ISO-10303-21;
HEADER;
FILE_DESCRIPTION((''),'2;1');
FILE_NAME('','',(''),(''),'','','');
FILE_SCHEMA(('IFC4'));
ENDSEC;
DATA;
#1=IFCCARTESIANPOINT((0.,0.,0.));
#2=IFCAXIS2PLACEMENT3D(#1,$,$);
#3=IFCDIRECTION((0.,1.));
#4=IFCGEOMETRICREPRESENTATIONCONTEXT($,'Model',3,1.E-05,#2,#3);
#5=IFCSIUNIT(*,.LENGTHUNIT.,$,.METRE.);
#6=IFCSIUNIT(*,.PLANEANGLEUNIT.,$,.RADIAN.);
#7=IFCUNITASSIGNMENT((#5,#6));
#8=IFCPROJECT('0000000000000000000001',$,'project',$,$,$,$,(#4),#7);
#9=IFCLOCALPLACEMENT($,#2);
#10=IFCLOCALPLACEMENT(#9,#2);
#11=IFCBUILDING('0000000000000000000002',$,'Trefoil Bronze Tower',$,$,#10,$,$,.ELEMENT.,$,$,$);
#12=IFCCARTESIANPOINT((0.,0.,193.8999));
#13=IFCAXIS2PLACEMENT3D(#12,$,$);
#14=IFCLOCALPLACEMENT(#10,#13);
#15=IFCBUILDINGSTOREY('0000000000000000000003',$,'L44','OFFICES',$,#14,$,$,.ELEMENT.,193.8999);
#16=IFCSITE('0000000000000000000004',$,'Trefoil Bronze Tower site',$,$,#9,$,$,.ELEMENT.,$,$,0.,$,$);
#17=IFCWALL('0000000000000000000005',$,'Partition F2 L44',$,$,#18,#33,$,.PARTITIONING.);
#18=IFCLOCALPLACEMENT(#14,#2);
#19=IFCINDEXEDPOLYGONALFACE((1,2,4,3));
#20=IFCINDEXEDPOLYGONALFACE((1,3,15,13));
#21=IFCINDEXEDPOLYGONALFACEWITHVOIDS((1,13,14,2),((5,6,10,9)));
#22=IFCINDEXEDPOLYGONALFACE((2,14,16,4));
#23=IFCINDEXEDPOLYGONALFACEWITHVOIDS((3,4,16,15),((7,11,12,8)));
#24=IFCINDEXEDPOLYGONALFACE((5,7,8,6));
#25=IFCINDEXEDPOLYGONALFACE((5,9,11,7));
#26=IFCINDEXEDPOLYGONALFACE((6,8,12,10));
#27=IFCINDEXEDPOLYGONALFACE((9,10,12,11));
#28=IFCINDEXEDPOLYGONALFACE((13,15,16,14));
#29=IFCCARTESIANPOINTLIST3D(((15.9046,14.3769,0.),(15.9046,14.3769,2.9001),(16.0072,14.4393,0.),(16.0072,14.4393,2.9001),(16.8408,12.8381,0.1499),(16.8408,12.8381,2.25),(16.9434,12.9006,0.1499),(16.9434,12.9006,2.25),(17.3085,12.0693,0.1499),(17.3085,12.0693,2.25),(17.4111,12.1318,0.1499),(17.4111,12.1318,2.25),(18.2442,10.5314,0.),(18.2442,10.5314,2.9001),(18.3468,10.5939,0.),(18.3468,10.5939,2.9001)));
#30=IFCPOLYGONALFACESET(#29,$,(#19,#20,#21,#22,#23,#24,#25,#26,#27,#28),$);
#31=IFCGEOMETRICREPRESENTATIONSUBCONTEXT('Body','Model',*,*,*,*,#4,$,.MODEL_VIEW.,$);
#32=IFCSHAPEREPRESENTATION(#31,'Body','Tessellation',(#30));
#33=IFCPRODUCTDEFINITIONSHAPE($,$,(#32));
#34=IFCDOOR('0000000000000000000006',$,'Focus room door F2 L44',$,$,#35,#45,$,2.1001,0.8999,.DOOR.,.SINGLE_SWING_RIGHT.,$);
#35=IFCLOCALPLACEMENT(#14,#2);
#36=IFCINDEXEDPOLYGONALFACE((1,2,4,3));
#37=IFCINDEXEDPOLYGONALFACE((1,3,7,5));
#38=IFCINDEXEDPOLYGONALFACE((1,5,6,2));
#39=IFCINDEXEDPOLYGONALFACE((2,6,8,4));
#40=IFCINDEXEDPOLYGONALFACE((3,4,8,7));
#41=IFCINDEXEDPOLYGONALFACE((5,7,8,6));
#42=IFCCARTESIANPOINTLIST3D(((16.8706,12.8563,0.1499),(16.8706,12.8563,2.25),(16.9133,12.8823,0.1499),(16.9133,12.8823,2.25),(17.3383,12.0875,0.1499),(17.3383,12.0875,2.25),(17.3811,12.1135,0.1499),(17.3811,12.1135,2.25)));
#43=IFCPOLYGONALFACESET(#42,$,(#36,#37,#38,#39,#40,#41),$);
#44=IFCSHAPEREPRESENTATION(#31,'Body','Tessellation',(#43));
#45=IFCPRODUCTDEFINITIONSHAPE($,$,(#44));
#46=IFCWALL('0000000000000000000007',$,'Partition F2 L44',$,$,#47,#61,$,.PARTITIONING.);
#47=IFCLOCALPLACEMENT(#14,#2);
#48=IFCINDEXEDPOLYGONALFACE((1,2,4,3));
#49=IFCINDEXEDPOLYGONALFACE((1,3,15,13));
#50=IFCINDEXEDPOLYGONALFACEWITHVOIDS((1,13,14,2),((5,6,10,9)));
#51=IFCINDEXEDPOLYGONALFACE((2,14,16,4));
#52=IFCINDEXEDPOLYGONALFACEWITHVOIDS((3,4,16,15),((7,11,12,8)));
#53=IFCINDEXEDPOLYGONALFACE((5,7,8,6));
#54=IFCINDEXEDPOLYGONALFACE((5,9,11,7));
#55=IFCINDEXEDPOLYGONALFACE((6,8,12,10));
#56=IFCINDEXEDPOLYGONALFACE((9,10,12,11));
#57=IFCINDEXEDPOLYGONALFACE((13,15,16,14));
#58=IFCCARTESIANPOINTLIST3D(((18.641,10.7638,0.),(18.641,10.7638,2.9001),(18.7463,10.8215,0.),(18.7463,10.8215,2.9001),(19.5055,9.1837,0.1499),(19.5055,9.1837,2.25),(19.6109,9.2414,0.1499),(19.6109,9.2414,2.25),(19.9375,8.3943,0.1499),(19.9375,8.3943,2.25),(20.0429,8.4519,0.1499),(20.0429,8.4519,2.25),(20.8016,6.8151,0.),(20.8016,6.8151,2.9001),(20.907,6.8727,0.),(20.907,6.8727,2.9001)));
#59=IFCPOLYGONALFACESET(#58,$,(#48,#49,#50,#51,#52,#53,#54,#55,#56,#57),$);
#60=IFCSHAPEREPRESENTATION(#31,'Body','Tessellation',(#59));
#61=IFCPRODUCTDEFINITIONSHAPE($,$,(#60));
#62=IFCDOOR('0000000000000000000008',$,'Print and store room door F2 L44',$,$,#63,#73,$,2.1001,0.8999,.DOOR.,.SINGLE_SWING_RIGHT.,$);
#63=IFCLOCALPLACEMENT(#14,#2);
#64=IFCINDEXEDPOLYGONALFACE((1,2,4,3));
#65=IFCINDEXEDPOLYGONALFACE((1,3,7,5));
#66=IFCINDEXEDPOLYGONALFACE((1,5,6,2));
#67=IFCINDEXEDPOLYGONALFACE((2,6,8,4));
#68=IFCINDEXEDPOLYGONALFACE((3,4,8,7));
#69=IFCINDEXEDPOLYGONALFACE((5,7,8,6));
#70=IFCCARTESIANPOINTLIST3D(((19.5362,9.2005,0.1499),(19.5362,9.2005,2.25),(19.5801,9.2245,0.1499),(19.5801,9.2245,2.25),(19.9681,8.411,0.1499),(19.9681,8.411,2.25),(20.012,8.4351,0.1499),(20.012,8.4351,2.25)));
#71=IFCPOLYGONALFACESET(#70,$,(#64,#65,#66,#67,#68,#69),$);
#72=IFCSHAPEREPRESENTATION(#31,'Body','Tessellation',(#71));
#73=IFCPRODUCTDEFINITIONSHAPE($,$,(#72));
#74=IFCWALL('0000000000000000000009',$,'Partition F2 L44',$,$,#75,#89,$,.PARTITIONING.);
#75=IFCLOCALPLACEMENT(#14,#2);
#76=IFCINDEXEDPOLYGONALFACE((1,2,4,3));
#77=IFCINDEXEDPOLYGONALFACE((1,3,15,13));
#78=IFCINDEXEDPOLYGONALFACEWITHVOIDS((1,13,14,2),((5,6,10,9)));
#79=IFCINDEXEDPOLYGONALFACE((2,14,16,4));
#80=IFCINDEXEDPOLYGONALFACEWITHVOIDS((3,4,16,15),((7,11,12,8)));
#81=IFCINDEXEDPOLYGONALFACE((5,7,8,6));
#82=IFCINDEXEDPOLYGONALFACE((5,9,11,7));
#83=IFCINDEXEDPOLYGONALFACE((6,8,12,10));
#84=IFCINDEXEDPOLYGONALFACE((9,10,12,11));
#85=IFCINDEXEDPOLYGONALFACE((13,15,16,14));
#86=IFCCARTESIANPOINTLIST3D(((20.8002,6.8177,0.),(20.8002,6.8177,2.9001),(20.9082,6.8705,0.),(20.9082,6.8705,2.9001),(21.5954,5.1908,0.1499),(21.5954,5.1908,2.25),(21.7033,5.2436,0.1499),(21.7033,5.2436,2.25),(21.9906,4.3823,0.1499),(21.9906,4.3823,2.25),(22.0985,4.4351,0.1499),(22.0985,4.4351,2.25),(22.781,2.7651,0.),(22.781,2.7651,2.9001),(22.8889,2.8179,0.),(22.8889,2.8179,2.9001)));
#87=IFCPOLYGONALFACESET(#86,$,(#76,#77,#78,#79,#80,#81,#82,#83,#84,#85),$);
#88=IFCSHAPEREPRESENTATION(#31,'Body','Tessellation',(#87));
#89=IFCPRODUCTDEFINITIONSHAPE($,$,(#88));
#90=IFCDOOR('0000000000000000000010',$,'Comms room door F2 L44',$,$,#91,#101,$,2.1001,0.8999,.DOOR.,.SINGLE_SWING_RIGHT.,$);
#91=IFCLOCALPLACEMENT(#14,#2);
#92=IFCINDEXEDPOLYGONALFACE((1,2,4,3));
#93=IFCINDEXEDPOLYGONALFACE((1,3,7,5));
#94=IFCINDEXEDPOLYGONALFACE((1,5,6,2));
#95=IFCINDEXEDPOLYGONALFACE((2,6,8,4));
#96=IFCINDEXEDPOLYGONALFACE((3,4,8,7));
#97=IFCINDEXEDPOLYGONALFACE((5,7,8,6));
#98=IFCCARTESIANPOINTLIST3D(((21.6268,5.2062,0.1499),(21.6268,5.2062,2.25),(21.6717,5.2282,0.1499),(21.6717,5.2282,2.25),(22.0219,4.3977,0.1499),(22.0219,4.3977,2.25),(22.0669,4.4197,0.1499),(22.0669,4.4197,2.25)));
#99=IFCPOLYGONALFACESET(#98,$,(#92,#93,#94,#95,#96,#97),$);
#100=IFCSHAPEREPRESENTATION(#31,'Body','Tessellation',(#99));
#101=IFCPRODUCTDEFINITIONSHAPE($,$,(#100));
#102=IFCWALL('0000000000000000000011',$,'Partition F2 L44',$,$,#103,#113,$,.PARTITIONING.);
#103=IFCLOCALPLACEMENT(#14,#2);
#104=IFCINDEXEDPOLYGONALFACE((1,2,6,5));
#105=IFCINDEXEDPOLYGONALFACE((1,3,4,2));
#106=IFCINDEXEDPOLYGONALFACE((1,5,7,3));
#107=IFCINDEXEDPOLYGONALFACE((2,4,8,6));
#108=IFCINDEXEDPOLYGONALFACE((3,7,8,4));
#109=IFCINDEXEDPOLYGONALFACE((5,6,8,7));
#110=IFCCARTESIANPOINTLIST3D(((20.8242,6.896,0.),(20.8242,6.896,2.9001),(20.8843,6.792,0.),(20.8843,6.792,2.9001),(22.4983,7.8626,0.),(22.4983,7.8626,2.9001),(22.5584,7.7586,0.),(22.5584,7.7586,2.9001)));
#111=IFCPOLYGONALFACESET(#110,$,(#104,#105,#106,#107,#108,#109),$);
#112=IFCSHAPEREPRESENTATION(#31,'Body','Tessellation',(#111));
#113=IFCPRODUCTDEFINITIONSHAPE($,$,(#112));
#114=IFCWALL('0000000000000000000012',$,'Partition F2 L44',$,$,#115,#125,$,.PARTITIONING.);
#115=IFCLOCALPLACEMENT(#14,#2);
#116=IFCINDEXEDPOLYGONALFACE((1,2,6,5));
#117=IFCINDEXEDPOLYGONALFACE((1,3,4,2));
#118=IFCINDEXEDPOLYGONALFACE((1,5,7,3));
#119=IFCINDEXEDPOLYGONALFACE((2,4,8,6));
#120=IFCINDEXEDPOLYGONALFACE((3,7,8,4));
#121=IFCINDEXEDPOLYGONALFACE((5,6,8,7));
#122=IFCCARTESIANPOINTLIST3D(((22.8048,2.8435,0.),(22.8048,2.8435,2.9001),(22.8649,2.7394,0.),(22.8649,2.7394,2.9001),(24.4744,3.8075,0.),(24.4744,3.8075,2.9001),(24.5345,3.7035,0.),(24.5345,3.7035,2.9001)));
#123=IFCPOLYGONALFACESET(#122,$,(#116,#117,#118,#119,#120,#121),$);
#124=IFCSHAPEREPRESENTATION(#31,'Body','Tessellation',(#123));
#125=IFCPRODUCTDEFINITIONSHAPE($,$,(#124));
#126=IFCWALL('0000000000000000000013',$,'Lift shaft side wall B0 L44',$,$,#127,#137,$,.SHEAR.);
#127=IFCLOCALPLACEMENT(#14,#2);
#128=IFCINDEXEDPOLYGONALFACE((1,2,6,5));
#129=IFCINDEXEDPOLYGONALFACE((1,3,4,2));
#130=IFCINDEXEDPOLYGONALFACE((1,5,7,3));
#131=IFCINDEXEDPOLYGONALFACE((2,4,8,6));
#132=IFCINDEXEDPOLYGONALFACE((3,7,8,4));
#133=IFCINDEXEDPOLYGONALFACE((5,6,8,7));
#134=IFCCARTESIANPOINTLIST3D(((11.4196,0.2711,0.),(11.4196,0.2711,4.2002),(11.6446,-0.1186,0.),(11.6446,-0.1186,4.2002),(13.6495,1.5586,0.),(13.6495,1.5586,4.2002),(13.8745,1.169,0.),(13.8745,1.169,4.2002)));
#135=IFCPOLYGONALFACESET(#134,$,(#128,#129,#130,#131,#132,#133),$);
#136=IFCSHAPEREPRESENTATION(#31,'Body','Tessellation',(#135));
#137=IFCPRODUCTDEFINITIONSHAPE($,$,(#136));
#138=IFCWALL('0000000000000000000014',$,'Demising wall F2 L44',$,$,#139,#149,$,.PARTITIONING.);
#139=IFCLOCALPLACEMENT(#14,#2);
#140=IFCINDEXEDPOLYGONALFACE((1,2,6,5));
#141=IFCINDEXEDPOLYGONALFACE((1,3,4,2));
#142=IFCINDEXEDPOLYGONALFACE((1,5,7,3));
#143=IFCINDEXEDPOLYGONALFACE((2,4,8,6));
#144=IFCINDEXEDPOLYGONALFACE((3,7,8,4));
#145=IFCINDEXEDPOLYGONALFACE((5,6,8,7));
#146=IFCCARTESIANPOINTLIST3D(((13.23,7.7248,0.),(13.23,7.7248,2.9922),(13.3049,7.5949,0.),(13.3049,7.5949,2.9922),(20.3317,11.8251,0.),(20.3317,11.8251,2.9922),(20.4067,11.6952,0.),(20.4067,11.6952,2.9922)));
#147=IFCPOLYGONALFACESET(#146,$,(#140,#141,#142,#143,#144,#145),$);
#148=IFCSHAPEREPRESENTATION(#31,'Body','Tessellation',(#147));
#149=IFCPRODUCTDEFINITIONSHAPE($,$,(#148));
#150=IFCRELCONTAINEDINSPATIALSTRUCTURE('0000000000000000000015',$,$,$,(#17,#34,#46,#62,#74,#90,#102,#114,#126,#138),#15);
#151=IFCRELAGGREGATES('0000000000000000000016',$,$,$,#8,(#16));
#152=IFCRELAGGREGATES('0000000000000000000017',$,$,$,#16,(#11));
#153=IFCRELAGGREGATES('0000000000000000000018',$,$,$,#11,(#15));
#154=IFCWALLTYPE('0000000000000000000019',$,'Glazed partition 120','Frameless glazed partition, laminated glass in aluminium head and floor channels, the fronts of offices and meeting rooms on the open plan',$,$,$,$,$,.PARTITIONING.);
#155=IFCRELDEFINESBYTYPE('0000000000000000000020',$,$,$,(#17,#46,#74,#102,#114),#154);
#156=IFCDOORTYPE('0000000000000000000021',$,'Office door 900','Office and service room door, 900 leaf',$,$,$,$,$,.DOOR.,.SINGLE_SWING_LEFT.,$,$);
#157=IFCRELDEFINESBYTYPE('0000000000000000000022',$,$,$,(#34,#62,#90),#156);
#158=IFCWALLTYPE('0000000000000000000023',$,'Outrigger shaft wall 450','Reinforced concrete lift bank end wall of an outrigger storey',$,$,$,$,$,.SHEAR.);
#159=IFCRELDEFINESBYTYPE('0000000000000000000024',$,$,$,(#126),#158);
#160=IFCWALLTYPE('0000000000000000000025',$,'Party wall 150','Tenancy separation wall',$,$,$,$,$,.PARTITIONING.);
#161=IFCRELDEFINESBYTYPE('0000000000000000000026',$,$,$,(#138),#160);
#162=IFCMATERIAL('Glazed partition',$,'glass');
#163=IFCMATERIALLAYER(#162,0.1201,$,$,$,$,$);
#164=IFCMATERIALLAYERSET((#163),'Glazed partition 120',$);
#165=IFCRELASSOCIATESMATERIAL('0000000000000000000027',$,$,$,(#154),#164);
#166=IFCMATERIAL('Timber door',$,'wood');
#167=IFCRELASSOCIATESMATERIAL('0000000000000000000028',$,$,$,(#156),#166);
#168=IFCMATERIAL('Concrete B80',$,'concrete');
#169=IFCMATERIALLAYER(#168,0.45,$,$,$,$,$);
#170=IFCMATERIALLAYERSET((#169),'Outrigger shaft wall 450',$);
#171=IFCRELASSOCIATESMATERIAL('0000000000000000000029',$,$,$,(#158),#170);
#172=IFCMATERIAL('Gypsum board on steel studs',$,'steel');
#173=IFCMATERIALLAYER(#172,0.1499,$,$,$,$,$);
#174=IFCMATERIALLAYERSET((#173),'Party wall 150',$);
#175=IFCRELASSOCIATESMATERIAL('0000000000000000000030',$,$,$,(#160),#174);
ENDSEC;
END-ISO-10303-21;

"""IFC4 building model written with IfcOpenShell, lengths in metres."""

from ifc_helpers import new_model, si_unit, direction, frame, frame_2d, origin, place, context, subcontext, project, spatial, rectangle, extrude, material, layer, layer_set, type_object, element, fill, save


model = new_model("IFC4")

# Units and contexts
model_context = context("Model", 3, precision=1e-05, world=origin(), true_north=direction((0.0, 1.0)))
body_context = subcontext(model_context, "Body", "Model", "MODEL_VIEW")
ifc_project = project(units=[si_unit("LENGTHUNIT", "METRE"), si_unit("PLANEANGLEUNIT", "RADIAN")], contexts=[model_context])

# Site, building, storey
site_placement = place(None, origin())
site = spatial("IfcSite", under=ifc_project, at=site_placement, Name="Trefoil Bronze Tower site", CompositionType="ELEMENT", RefElevation=0.0)
building_placement = place(site_placement, origin())
building = spatial("IfcBuilding", under=site, at=building_placement, Name="Trefoil Bronze Tower", CompositionType="ELEMENT")
storey_placement = place(building_placement, frame((0.0, 0.0, 193.8999)))
storey = spatial("IfcBuildingStorey", under=building, at=storey_placement, Name="L44", Description="OFFICES", CompositionType="ELEMENT", Elevation=193.8999)

# Walls, openings, doors
ifc_material_1 = material(Name="Glazed partition", Category="glass")
ifc_layer_1 = layer(ifc_material_1, 0.1201)
ifc_layer_set_1 = layer_set([ifc_layer_1], Name="Glazed partition 120")
wall_type_1 = type_object("IfcWallType", Name="Glazed partition 120", Description="Frameless glazed partition, laminated glass in aluminium head and floor channels, the fronts of offices and meeting rooms on the open plan", PredefinedType="PARTITIONING", material=ifc_layer_set_1)
wall_1_placement = place(storey_placement, frame((18.2954, 10.5627, 0.0), z_axis=(0.0, 0.0, 1.0), x_axis=(-0.519766, 0.854309, 0.0)))
wall_1 = element("IfcWall", 1, at=wall_1_placement, inside=storey, type_object=wall_type_1, Name="Partition F2 L44", PredefinedType="PARTITIONING", context=body_context, shape_type="SweptSolid", body=[
    extrude(rectangle(XDim=4.5012, YDim=0.1201, at=frame_2d((2.2505, 0.0))), origin(), (0.0, 0.0, 1.0), 2.9001),
])
opening_1_placement = place(wall_1_placement, frame((1.8, 0.0, 0.1499)))
opening_1 = element("IfcOpeningElement", 2, at=opening_1_placement, cuts=wall_1, PredefinedType="OPENING", context=body_context, shape_type="SweptSolid", body=[
    extrude(rectangle(XDim=0.8999, YDim=2.1001, at=frame_2d((0.45, 1.05))), frame((0.0, 0.0701, 0.0), z_axis=(0.0, -1.0, 0.0), x_axis=(1.0, 0.0, 0.0)), (0.0, 0.0, 1.0), 0.1401),
])
ifc_material_2 = material(Name="Timber door", Category="wood")
door_type_1 = type_object("IfcDoorType", Name="Office door 900", Description="Office and service room door, 900 leaf", OperationType="SINGLE_SWING_LEFT", PredefinedType="DOOR", material=ifc_material_2)
door_1_placement = place(opening_1_placement, frame((0.8999, 0.0, 0.0), z_axis=(0.0, 0.0, 1.0), x_axis=(-1.0, 0.0, 0.0)))
door_1 = element("IfcDoor", 3, at=door_1_placement, inside=storey, type_object=door_type_1, Name="Focus room door F2 L44", OperationType="SINGLE_SWING_RIGHT", OverallHeight=2.1001, OverallWidth=0.8999, PredefinedType="DOOR", context=body_context, shape_type="SweptSolid", body=[
    extrude(rectangle(XDim=0.8999, YDim=2.1001, at=frame_2d((0.45, 1.05))), frame((0.0, 0.0249, 0.0), z_axis=(0.0, -1.0, 0.0), x_axis=(1.0, 0.0, 0.0)), (0.0, 0.0, 1.0), 0.05),
])
fill(opening_1, door_1)
wall_2_placement = place(storey_placement, frame((20.8542, 6.844, 0.0), z_axis=(0.0, 0.0, 1.0), x_axis=(-0.480015, 0.877261, 0.0)))
wall_2 = element("IfcWall", 4, at=wall_2_placement, inside=storey, type_object=wall_type_1, Name="Partition F2 L44", PredefinedType="PARTITIONING", context=body_context, shape_type="SweptSolid", body=[
    extrude(rectangle(XDim=4.5012, YDim=0.1201, at=frame_2d((2.2505, 0.0))), origin(), (0.0, 0.0, 1.0), 2.9001),
])
opening_2_placement = place(wall_2_placement, frame((1.8, 0.0, 0.1499)))
opening_2 = element("IfcOpeningElement", 5, at=opening_2_placement, cuts=wall_2, PredefinedType="OPENING", context=body_context, shape_type="SweptSolid", body=[
    extrude(rectangle(XDim=0.8999, YDim=2.1001, at=frame_2d((0.45, 1.05))), frame((0.0, 0.0701, 0.0), z_axis=(0.0, -1.0, 0.0), x_axis=(1.0, 0.0, 0.0)), (0.0, 0.0, 1.0), 0.1401),
])
door_2_placement = place(opening_2_placement, frame((0.8999, 0.0, 0.0), z_axis=(0.0, 0.0, 1.0), x_axis=(-1.0, 0.0, 0.0)))
door_2 = element("IfcDoor", 6, at=door_2_placement, inside=storey, type_object=door_type_1, Name="Print and store room door F2 L44", OperationType="SINGLE_SWING_RIGHT", OverallHeight=2.1001, OverallWidth=0.8999, PredefinedType="DOOR", context=body_context, shape_type="SweptSolid", body=[
    extrude(rectangle(XDim=0.8999, YDim=2.1001, at=frame_2d((0.45, 1.05))), frame((0.0, 0.0249, 0.0), z_axis=(0.0, -1.0, 0.0), x_axis=(1.0, 0.0, 0.0)), (0.0, 0.0, 1.0), 0.05),
])
fill(opening_2, door_2)
wall_3_placement = place(storey_placement, frame((22.835, 2.7915, 0.0), z_axis=(0.0, 0.0, 1.0), x_axis=(-0.43912, 0.898428, 0.0)))
wall_3 = element("IfcWall", 7, at=wall_3_placement, inside=storey, type_object=wall_type_1, Name="Partition F2 L44", PredefinedType="PARTITIONING", context=body_context, shape_type="SweptSolid", body=[
    extrude(rectangle(XDim=4.5107, YDim=0.1201, at=frame_2d((2.2554, 0.0))), origin(), (0.0, 0.0, 1.0), 2.9001),
])
opening_3_placement = place(wall_3_placement, frame((1.8, 0.0, 0.1499)))
opening_3 = element("IfcOpeningElement", 8, at=opening_3_placement, cuts=wall_3, PredefinedType="OPENING", context=body_context, shape_type="SweptSolid", body=[
    extrude(rectangle(XDim=0.8999, YDim=2.1001, at=frame_2d((0.45, 1.05))), frame((0.0, 0.0701, 0.0), z_axis=(0.0, -1.0, 0.0), x_axis=(1.0, 0.0, 0.0)), (0.0, 0.0, 1.0), 0.1401),
])
door_3_placement = place(opening_3_placement, frame((0.8999, 0.0, 0.0), z_axis=(0.0, 0.0, 1.0), x_axis=(-1.0, 0.0, 0.0)))
door_3 = element("IfcDoor", 9, at=door_3_placement, inside=storey, type_object=door_type_1, Name="Comms room door F2 L44", OperationType="SINGLE_SWING_RIGHT", OverallHeight=2.1001, OverallWidth=0.8999, PredefinedType="DOOR", context=body_context, shape_type="SweptSolid", body=[
    extrude(rectangle(XDim=0.8999, YDim=2.1001, at=frame_2d((0.45, 1.05))), frame((0.0, 0.0249, 0.0), z_axis=(0.0, -1.0, 0.0), x_axis=(1.0, 0.0, 0.0)), (0.0, 0.0, 1.0), 0.05),
])
fill(opening_3, door_3)

# Walls
wall_4_placement = place(storey_placement, frame((20.8542, 6.844, 0.0), z_axis=(0.0, 0.0, 1.0), x_axis=(0.866019, 0.50001, 0.0)))
element("IfcWall", 10, at=wall_4_placement, inside=storey, type_object=wall_type_1, Name="Partition F2 L44", PredefinedType="PARTITIONING", context=body_context, shape_type="SweptSolid", body=[
    extrude(rectangle(XDim=1.9331, YDim=0.1201, at=frame_2d((0.9666, 0.0))), origin(), (0.0, 0.0, 1.0), 2.9001),
])
wall_5_placement = place(storey_placement, frame((22.835, 2.7915, 0.0), z_axis=(0.0, 0.0, 1.0), x_axis=(0.865998, 0.500048, 0.0)))
element("IfcWall", 11, at=wall_5_placement, inside=storey, type_object=wall_type_1, Name="Partition F2 L44", PredefinedType="PARTITIONING", context=body_context, shape_type="SweptSolid", body=[
    extrude(rectangle(XDim=1.928, YDim=0.1201, at=frame_2d((0.9639, 0.0))), origin(), (0.0, 0.0, 1.0), 2.9001),
])
ifc_material_3 = material(Name="Concrete B80", Category="concrete")
ifc_layer_2 = layer(ifc_material_3, 0.45)
ifc_layer_set_2 = layer_set([ifc_layer_2], Name="Outrigger shaft wall 450")
wall_type_2 = type_object("IfcWallType", Name="Outrigger shaft wall 450", Description="Reinforced concrete lift bank end wall of an outrigger storey", PredefinedType="SHEAR", material=ifc_layer_set_2)
wall_6_placement = place(storey_placement, frame((11.532, 0.0762, 0.0), z_axis=(0.0, 0.0, 1.0), x_axis=(0.866006, 0.500034, 0.0)))
element("IfcWall", 12, at=wall_6_placement, inside=storey, type_object=wall_type_2, Name="Lift shaft side wall B0 L44", PredefinedType="SHEAR", context=body_context, shape_type="SweptSolid", body=[
    extrude(rectangle(XDim=2.575, YDim=0.45, at=frame_2d((1.2876, 0.0))), origin(), (0.0, 0.0, 1.0), 4.2002),
])
ifc_material_4 = material(Name="Gypsum board on steel studs", Category="steel")
ifc_layer_3 = layer(ifc_material_4, 0.1499)
ifc_layer_set_3 = layer_set([ifc_layer_3], Name="Party wall 150")
wall_type_3 = type_object("IfcWallType", Name="Party wall 150", Description="Tenancy separation wall", PredefinedType="PARTITIONING", material=ifc_layer_set_3)
wall_7_placement = place(storey_placement, frame((13.2676, 7.6599, 0.0), z_axis=(0.0, 0.0, 1.0), x_axis=(0.866019, 0.50001, 0.0)))
element("IfcWall", 13, at=wall_7_placement, inside=storey, type_object=wall_type_3, Name="Demising wall F2 L44", PredefinedType="PARTITIONING", context=body_context, shape_type="SweptSolid", body=[
    extrude(rectangle(XDim=8.2004, YDim=0.1499, at=frame_2d((4.1001, 0.0))), origin(), (0.0, 0.0, 1.0), 2.9922),
])

save(model, "model.ifc")
